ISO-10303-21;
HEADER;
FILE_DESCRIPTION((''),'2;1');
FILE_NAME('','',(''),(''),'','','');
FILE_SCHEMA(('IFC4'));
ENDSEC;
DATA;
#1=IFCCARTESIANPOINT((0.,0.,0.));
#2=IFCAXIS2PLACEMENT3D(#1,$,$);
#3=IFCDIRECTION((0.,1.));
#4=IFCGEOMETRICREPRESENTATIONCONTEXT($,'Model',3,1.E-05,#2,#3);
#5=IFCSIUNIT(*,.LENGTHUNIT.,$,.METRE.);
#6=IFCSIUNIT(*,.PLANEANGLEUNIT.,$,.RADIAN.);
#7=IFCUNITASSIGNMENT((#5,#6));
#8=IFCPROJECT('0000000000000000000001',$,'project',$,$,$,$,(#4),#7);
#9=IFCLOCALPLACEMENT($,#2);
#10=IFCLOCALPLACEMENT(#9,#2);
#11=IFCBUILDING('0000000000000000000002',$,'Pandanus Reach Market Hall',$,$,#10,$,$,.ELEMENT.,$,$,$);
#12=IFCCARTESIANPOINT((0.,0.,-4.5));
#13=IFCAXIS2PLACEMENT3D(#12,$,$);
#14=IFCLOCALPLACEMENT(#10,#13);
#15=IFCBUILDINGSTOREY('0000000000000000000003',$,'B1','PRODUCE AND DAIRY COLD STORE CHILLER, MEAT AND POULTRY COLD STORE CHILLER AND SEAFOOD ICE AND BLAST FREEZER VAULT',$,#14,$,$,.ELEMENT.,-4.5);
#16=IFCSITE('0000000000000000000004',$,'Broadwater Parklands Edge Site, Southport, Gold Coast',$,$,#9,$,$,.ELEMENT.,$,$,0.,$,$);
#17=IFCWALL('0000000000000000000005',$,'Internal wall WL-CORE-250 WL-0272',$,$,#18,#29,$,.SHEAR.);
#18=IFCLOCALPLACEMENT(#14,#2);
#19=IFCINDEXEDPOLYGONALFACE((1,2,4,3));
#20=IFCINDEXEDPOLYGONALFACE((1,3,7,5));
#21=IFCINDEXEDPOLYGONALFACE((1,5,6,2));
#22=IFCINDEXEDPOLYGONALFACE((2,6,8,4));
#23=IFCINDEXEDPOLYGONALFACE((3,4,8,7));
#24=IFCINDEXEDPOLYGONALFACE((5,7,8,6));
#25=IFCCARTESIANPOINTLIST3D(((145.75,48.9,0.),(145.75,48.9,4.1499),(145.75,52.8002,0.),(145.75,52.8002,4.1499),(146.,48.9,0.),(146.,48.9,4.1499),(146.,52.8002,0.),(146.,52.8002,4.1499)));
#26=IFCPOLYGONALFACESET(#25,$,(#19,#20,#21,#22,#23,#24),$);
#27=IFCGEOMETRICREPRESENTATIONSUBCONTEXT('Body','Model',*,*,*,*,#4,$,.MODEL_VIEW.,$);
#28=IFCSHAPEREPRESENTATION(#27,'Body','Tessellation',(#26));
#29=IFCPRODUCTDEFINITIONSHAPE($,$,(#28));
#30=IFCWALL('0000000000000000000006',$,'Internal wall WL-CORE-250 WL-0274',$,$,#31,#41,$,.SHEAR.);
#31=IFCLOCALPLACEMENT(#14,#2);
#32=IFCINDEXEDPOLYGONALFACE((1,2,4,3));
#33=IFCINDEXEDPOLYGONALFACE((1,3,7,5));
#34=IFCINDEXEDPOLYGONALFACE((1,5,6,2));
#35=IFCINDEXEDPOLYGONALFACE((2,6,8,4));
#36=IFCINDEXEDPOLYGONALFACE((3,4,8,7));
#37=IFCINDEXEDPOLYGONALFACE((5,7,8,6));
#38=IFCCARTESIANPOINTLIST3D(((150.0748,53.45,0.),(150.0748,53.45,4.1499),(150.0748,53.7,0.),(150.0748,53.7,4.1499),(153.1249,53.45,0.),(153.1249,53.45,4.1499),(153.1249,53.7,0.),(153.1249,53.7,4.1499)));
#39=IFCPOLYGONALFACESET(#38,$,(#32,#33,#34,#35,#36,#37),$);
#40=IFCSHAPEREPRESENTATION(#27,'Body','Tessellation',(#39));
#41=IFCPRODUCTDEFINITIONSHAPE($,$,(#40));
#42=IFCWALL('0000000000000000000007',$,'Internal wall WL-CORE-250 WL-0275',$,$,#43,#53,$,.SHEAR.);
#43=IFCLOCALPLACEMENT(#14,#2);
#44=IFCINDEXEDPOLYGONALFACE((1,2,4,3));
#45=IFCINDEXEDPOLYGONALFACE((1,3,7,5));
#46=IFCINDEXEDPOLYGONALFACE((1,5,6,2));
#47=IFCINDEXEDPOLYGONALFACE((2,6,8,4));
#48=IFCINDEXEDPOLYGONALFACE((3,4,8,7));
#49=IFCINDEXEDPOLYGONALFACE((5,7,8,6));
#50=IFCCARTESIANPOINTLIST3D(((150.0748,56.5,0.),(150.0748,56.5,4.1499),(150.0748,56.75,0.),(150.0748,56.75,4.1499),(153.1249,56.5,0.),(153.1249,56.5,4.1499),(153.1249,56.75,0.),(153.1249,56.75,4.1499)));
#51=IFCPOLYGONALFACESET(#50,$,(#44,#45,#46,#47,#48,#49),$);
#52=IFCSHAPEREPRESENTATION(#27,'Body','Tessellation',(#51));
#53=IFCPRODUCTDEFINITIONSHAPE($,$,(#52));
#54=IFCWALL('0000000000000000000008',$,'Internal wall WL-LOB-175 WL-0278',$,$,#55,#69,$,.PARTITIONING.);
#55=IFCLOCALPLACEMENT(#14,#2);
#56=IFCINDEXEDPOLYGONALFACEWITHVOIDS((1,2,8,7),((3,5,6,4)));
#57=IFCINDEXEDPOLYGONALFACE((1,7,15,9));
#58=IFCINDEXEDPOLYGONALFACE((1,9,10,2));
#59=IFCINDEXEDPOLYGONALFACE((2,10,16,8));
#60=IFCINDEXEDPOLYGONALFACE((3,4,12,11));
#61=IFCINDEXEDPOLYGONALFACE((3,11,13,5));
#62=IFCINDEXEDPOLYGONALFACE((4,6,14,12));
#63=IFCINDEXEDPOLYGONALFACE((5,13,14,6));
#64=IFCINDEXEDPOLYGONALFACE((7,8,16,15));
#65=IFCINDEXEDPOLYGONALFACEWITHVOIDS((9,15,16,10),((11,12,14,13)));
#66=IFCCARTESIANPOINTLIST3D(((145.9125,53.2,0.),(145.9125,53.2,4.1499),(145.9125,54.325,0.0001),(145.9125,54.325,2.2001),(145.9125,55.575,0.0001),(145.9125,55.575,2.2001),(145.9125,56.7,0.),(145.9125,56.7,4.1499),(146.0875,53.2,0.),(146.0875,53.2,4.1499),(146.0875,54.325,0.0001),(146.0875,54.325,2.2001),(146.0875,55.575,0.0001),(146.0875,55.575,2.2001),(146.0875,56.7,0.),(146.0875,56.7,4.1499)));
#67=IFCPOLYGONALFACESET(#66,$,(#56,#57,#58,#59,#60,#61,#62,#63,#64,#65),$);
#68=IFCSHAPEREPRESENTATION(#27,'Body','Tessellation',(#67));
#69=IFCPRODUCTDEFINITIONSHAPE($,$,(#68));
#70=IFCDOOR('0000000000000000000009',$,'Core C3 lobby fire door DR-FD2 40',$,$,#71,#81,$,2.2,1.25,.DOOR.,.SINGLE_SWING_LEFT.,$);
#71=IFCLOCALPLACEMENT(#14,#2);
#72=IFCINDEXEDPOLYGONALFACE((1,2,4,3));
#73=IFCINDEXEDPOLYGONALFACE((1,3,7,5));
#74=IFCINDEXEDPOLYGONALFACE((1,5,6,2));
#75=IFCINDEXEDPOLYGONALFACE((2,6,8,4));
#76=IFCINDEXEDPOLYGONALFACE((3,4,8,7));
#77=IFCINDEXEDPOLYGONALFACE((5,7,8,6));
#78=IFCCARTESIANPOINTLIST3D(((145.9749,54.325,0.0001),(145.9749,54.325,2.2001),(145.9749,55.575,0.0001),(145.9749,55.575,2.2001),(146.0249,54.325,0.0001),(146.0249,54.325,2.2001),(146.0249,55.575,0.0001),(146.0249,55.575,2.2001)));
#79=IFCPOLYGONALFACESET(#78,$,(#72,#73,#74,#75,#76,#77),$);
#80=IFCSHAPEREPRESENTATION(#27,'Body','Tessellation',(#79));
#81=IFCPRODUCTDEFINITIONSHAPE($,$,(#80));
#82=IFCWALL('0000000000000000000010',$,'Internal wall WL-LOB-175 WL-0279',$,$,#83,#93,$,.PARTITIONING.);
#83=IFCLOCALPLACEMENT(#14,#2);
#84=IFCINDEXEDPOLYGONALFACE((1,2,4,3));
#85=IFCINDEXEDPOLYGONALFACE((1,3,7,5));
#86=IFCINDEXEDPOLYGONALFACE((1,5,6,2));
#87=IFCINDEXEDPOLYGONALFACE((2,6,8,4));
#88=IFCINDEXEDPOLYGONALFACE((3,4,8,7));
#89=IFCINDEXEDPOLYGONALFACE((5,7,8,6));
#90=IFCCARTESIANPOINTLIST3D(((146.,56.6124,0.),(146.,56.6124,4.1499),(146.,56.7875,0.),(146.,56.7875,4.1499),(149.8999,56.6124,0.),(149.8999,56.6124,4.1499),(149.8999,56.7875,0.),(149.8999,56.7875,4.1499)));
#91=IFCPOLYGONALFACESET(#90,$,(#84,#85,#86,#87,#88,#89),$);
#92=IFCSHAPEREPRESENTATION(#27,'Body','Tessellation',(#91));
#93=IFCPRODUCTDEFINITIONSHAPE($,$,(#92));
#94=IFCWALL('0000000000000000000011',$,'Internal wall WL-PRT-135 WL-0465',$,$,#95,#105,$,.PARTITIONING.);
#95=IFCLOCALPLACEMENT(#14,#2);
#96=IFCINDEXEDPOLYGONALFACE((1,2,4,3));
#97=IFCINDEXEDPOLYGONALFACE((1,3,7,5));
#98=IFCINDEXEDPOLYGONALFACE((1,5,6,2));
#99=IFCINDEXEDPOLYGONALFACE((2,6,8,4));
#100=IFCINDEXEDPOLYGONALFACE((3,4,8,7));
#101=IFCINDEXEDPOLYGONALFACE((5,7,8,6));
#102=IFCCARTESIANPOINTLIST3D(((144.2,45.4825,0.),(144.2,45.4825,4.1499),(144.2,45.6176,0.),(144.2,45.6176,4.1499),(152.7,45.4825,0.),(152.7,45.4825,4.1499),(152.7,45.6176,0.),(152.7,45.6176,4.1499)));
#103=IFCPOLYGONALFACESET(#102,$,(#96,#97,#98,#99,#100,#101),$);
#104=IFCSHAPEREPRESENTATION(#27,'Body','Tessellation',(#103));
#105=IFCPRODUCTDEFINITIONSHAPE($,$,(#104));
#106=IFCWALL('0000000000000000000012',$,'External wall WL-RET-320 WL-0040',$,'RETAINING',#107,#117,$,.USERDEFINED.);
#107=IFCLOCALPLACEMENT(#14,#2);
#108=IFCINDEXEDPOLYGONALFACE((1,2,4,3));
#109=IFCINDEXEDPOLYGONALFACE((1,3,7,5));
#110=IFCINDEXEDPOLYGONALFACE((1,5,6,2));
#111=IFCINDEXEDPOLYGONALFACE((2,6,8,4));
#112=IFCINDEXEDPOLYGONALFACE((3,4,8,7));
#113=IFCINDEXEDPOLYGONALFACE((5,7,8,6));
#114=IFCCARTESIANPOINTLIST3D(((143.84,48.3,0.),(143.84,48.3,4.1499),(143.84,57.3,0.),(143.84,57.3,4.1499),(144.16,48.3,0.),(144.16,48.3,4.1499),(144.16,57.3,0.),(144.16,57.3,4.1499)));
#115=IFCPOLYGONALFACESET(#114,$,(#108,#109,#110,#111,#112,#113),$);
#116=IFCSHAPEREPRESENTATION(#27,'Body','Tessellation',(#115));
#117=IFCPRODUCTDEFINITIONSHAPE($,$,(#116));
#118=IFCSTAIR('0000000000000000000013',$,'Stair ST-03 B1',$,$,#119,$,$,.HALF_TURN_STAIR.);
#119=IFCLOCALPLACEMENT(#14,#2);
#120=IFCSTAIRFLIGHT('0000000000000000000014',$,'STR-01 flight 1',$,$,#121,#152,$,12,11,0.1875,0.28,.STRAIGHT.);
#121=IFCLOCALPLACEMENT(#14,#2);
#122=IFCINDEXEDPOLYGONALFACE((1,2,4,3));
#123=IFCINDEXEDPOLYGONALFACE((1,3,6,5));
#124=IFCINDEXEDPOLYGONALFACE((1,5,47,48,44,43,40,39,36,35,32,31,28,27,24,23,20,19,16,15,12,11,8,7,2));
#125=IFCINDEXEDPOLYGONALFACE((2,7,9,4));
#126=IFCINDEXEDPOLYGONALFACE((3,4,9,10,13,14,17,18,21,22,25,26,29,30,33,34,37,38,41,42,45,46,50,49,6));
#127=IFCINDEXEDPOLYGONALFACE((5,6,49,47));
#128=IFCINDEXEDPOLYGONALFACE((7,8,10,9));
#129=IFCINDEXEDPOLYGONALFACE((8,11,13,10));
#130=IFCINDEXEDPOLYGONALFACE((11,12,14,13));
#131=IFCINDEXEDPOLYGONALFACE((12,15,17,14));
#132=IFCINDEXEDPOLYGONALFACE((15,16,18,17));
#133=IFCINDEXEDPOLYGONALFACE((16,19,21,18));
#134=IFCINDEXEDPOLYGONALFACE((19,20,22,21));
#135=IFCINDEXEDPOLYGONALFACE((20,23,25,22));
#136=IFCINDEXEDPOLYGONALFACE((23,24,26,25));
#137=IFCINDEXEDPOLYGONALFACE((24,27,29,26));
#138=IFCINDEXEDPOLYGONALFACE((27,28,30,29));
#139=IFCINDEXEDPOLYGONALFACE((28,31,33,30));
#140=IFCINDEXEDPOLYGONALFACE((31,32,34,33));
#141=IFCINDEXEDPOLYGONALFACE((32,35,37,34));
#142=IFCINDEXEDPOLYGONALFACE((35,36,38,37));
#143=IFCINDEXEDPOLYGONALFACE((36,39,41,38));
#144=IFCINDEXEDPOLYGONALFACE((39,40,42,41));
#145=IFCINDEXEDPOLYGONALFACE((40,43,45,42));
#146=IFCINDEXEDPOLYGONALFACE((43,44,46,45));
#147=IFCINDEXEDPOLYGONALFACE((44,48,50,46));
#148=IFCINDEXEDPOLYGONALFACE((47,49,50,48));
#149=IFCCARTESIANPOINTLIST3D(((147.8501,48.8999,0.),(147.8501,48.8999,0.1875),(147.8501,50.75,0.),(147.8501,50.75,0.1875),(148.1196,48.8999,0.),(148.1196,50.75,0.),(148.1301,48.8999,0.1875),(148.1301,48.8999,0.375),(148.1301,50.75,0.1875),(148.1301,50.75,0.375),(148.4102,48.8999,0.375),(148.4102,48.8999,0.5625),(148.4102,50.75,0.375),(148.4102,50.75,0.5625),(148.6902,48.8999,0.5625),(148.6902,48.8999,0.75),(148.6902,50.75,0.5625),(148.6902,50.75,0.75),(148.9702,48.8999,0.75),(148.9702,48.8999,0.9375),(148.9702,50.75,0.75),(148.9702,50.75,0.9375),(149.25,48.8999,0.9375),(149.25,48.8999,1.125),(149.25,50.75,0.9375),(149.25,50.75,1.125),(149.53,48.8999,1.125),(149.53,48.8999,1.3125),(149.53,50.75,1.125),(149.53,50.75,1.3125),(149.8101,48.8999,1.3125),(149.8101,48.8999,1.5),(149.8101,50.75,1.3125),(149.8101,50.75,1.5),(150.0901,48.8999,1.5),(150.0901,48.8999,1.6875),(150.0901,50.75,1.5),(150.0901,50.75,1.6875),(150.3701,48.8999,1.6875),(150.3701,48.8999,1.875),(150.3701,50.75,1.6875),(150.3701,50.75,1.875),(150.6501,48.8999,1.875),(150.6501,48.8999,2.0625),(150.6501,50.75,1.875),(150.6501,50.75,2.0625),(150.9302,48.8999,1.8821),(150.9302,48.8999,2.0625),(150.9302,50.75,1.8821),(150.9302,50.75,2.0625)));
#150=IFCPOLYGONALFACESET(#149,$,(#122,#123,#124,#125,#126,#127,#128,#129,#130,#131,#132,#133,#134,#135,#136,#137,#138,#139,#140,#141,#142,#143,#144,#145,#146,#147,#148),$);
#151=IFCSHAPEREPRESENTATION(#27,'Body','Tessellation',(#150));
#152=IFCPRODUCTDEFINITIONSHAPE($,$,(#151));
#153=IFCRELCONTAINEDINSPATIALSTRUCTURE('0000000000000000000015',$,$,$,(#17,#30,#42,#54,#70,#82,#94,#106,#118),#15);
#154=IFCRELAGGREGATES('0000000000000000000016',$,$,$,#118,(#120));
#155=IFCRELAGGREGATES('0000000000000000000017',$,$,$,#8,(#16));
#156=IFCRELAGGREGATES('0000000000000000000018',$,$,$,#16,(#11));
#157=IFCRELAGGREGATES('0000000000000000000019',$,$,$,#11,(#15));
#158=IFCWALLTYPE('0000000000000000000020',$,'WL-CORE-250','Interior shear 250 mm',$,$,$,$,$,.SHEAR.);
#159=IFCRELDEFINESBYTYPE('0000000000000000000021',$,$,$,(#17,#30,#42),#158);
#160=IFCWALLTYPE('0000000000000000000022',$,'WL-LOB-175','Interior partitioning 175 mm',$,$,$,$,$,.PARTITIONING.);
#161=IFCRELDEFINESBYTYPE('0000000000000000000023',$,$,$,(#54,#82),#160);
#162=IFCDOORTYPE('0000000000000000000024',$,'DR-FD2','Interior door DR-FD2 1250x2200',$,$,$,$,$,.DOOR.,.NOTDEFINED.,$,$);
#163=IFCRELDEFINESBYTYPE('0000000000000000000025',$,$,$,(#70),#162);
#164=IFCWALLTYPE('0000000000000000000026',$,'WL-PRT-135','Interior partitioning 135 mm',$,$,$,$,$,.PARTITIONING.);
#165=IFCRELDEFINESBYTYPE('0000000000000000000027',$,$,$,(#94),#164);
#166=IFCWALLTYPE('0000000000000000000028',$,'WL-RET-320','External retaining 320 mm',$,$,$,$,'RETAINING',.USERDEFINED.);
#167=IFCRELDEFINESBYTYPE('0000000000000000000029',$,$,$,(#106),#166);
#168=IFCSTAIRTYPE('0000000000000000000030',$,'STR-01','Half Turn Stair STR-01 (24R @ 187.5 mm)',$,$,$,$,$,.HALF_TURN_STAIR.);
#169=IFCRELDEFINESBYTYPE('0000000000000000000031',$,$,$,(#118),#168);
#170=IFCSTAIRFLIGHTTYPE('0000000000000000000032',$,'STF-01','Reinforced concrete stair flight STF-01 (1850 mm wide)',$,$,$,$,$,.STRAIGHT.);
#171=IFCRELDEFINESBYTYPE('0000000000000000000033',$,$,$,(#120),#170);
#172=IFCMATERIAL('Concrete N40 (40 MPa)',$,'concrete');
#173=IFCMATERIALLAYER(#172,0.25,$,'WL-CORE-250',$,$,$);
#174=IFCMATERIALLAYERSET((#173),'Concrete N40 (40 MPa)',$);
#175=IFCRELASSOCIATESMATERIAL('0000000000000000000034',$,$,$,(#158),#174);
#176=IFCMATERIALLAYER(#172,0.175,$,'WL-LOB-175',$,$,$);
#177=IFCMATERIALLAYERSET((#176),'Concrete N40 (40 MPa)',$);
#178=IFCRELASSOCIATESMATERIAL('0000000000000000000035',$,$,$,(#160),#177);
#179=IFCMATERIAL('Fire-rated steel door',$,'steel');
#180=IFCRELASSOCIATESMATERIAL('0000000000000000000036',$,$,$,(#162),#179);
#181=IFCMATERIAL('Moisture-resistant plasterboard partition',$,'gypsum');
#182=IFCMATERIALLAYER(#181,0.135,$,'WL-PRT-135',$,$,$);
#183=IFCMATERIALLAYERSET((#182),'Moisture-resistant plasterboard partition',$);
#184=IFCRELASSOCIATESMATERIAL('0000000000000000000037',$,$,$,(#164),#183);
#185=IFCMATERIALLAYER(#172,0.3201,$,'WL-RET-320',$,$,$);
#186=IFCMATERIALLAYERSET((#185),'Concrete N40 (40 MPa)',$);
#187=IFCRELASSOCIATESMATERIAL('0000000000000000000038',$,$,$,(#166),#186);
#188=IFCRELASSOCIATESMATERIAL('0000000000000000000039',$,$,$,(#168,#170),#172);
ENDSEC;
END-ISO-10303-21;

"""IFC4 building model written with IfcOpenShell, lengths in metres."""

from ifc_helpers import new_model, si_unit, direction, frame, frame_2d, origin, place, context, subcontext, project, spatial, polyline, rectangle, outline, extrude, material, layer, layer_set, type_object, element, fill, aggregate, save


model = new_model("IFC4")

# Units and contexts
model_context = context("Model", 3, precision=1e-05, world=origin(), true_north=direction((0.0, 1.0)))
body_context = subcontext(model_context, "Body", "Model", "MODEL_VIEW")
ifc_project = project(units=[si_unit("LENGTHUNIT", "METRE"), si_unit("PLANEANGLEUNIT", "RADIAN")], contexts=[model_context])

# Site, building, storey
site_placement = place(None, origin())
site = spatial("IfcSite", under=ifc_project, at=site_placement, Name="Broadwater Parklands Edge Site, Southport, Gold Coast", CompositionType="ELEMENT", RefElevation=0.0)
building_placement = place(site_placement, origin())
building = spatial("IfcBuilding", under=site, at=building_placement, Name="Pandanus Reach Market Hall", CompositionType="ELEMENT")
storey_placement = place(building_placement, frame((0.0, 0.0, -4.5)))
storey = spatial("IfcBuildingStorey", under=building, at=storey_placement, Name="B1", Description="PRODUCE AND DAIRY COLD STORE CHILLER, MEAT AND POULTRY COLD STORE CHILLER AND SEAFOOD ICE AND BLAST FREEZER VAULT", CompositionType="ELEMENT", Elevation=-4.5)

# Shared definitions
ifc_material_1 = material(Name="Concrete N40 (40 MPa)", Category="concrete")

# Shared definitions
ifc_layer_1 = layer(ifc_material_1, 0.25, Name="WL-CORE-250")
ifc_layer_set_1 = layer_set([ifc_layer_1], Name="Concrete N40 (40 MPa)")
wall_type_1 = type_object("IfcWallType", Name="WL-CORE-250", Description="Interior shear 250 mm", PredefinedType="SHEAR", material=ifc_layer_set_1)

# Shared definitions
ifc_material_2 = material(Name="Fire-rated steel door", Category="steel")

# Walls
wall_1_placement = place(storey_placement, frame((145.875, 48.8999, 0.0), z_axis=(0.0, 0.0, 1.0), x_axis=(0.0, 1.0, 0.0)))
element("IfcWall", 1, at=wall_1_placement, inside=storey, type_object=wall_type_1, Name="Internal wall WL-CORE-250 WL-0272", PredefinedType="SHEAR", context=body_context, shape_type="SweptSolid", body=[
    extrude(rectangle(XDim=3.9001, YDim=0.25, at=frame_2d((1.9502, 0.0))), origin(), (0.0, 0.0, 1.0), 4.1499),
])
for number, where, z_axis, x_axis, name in (
    (2, (150.075, 53.575, 0.0), (0.0, 0.0, 1.0), (1.0, 0.0, 0.0), "Internal wall WL-CORE-250 WL-0274"),
    (3, (150.075, 56.625, 0.0), (0.0, 0.0, 1.0), (1.0, 0.0, 0.0), "Internal wall WL-CORE-250 WL-0275"),
):
    element("IfcWall", number, at=place(storey_placement, frame(where, z_axis=z_axis, x_axis=x_axis)), inside=storey, type_object=wall_type_1, Name=name, PredefinedType="SHEAR", context=body_context, shape_type="SweptSolid", body=[
        extrude(rectangle(XDim=3.05, YDim=0.25, at=frame_2d((1.5249, 0.0))), origin(), (0.0, 0.0, 1.0), 4.1499),
    ])

# Wall, opening, door
ifc_layer_2 = layer(ifc_material_1, 0.175, Name="WL-LOB-175")
ifc_layer_set_2 = layer_set([ifc_layer_2], Name="Concrete N40 (40 MPa)")
wall_type_2 = type_object("IfcWallType", Name="WL-LOB-175", Description="Interior partitioning 175 mm", PredefinedType="PARTITIONING", material=ifc_layer_set_2)
wall_2_placement = place(storey_placement, frame((146.0, 53.2, 0.0), z_axis=(0.0, 0.0, 1.0), x_axis=(0.0, 1.0, 0.0)))
wall_2 = element("IfcWall", 4, at=wall_2_placement, inside=storey, type_object=wall_type_2, Name="Internal wall WL-LOB-175 WL-0278", PredefinedType="PARTITIONING", context=body_context, shape_type="SweptSolid", body=[
    extrude(rectangle(XDim=3.5, YDim=0.175, at=frame_2d((1.75, 0.0))), origin(), (0.0, 0.0, 1.0), 4.1499),
])
opening_1_placement = place(wall_2_placement, frame((1.125, 0.0, 0.0)))
opening_1 = element("IfcOpeningElement", 5, at=opening_1_placement, cuts=wall_2, PredefinedType="OPENING", context=body_context, shape_type="SweptSolid", body=[
    extrude(rectangle(XDim=1.25, YDim=2.2, at=frame_2d((0.625, 1.1001))), frame((0.0, 0.1025, 0.0), z_axis=(0.0, -1.0, 0.0), x_axis=(1.0, 0.0, 0.0)), (0.0, 0.0, 1.0), 0.2051),
])
door_type_1 = type_object("IfcDoorType", Name="DR-FD2", Description="Interior door DR-FD2 1250x2200", OperationType="NOTDEFINED", PredefinedType="DOOR", material=ifc_material_2)
door_1_placement = place(opening_1_placement, frame((1.25, 0.0, 0.0), z_axis=(0.0, 0.0, 1.0), x_axis=(-1.0, 0.0, 0.0)))
door_1 = element("IfcDoor", 6, at=door_1_placement, inside=storey, type_object=door_type_1, Name="Core C3 lobby fire door DR-FD2 40", OperationType="SINGLE_SWING_LEFT", OverallHeight=2.2, OverallWidth=1.25, PredefinedType="DOOR", context=body_context, shape_type="SweptSolid", body=[
    extrude(rectangle(XDim=1.25, YDim=2.2, at=frame_2d((0.625, 1.1001))), frame((0.0, 0.0249, 0.0), z_axis=(0.0, -1.0, 0.0), x_axis=(1.0, 0.0, 0.0)), (0.0, 0.0, 1.0), 0.05),
])
fill(opening_1, door_1)

# Walls
wall_3_placement = place(storey_placement, frame((146.0, 56.7, 0.0), z_axis=(0.0, 0.0, 1.0), x_axis=(1.0, 0.0, 0.0)))
element("IfcWall", 7, at=wall_3_placement, inside=storey, type_object=wall_type_2, Name="Internal wall WL-LOB-175 WL-0279", PredefinedType="PARTITIONING", context=body_context, shape_type="SweptSolid", body=[
    extrude(rectangle(XDim=3.8999, YDim=0.175, at=frame_2d((1.95, 0.0))), origin(), (0.0, 0.0, 1.0), 4.1499),
])
ifc_material_3 = material(Name="Moisture-resistant plasterboard partition", Category="gypsum")
ifc_layer_3 = layer(ifc_material_3, 0.135, Name="WL-PRT-135")
ifc_layer_set_3 = layer_set([ifc_layer_3], Name="Moisture-resistant plasterboard partition")
wall_type_3 = type_object("IfcWallType", Name="WL-PRT-135", Description="Interior partitioning 135 mm", PredefinedType="PARTITIONING", material=ifc_layer_set_3)
wall_4_placement = place(storey_placement, frame((144.2, 45.55, 0.0), z_axis=(0.0, 0.0, 1.0), x_axis=(1.0, 0.0, 0.0)))
element("IfcWall", 8, at=wall_4_placement, inside=storey, type_object=wall_type_3, Name="Internal wall WL-PRT-135 WL-0465", PredefinedType="PARTITIONING", context=body_context, shape_type="SweptSolid", body=[
    extrude(rectangle(XDim=8.5, YDim=0.135, at=frame_2d((4.25, 0.0))), origin(), (0.0, 0.0, 1.0), 4.1499),
])
ifc_layer_4 = layer(ifc_material_1, 0.3201, Name="WL-RET-320")
ifc_layer_set_4 = layer_set([ifc_layer_4], Name="Concrete N40 (40 MPa)")
wall_type_4 = type_object("IfcWallType", Name="WL-RET-320", Description="External retaining 320 mm", ElementType="RETAINING", PredefinedType="USERDEFINED", material=ifc_layer_set_4)
wall_5_placement = place(storey_placement, frame((144.0, 48.3, 0.0), z_axis=(0.0, 0.0, 1.0), x_axis=(0.0, 1.0, 0.0)))
element("IfcWall", 9, at=wall_5_placement, inside=storey, type_object=wall_type_4, Name="External wall WL-RET-320 WL-0040", ObjectType="RETAINING", PredefinedType="USERDEFINED", context=body_context, shape_type="SweptSolid", body=[
    extrude(rectangle(XDim=9.0, YDim=0.3201, at=frame_2d((4.5, 0.0))), origin(), (0.0, 0.0, 1.0), 4.1499),
])

# Stair, stair flight
stair_type = type_object("IfcStairType", Name="STR-01", Description="Half Turn Stair STR-01 (24R @ 187.5 mm)", PredefinedType="HALF_TURN_STAIR", material=ifc_material_1)
stair_placement = place(storey_placement, origin())
stair = element("IfcStair", 10, at=stair_placement, inside=storey, type_object=stair_type, Name="Stair ST-03 B1", PredefinedType="HALF_TURN_STAIR")
stair_flight_type = type_object("IfcStairFlightType", Name="STF-01", Description="Reinforced concrete stair flight STF-01 (1850 mm wide)", PredefinedType="STRAIGHT", material=ifc_material_1)
stair_flight_1_placement = place(storey_placement, frame((147.8501, 49.825, 0.0), z_axis=(0.0, 0.0, 1.0), x_axis=(1.0, 0.0, 0.0)))
stair_flight_1 = element("IfcStairFlight", 11, at=stair_flight_1_placement, type_object=stair_flight_type, Name="STR-01 flight 1", NumberOfRisers=12, NumberOfTreads=11, PredefinedType="STRAIGHT", RiserHeight=0.1875, TreadLength=0.28, context=body_context, shape_type="SweptSolid", body=[
    extrude(outline(polyline([(0.0, 0.0), (0.0, 0.1875), (0.28, 0.1875), (0.28, 0.375), (0.5601, 0.375), (0.5601, 0.5625), (0.8401, 0.5625), (0.8401, 0.75), (1.1201, 0.75), (1.1201, 0.9375), (1.3999, 0.9375), (1.3999, 1.125), (1.6799, 1.125), (1.6799, 1.3125), (1.96, 1.3125), (1.96, 1.5), (2.24, 1.5), (2.24, 1.6875), (2.52, 1.6875), (2.52, 1.875), (2.8, 1.875), (2.8, 2.0625), (3.0801, 2.0625), (3.0801, 2.25), (3.0801, 1.8821), (0.2695, 0.0), (0.0, 0.0)])), frame((0.0, 0.925, 0.0), z_axis=(0.0, -1.0, 0.0), x_axis=(1.0, 0.0, 0.0)), (0.0, 0.0, 1.0), 1.8501),
])
aggregate(stair, [stair_flight_1])

save(model, "model.ifc")
